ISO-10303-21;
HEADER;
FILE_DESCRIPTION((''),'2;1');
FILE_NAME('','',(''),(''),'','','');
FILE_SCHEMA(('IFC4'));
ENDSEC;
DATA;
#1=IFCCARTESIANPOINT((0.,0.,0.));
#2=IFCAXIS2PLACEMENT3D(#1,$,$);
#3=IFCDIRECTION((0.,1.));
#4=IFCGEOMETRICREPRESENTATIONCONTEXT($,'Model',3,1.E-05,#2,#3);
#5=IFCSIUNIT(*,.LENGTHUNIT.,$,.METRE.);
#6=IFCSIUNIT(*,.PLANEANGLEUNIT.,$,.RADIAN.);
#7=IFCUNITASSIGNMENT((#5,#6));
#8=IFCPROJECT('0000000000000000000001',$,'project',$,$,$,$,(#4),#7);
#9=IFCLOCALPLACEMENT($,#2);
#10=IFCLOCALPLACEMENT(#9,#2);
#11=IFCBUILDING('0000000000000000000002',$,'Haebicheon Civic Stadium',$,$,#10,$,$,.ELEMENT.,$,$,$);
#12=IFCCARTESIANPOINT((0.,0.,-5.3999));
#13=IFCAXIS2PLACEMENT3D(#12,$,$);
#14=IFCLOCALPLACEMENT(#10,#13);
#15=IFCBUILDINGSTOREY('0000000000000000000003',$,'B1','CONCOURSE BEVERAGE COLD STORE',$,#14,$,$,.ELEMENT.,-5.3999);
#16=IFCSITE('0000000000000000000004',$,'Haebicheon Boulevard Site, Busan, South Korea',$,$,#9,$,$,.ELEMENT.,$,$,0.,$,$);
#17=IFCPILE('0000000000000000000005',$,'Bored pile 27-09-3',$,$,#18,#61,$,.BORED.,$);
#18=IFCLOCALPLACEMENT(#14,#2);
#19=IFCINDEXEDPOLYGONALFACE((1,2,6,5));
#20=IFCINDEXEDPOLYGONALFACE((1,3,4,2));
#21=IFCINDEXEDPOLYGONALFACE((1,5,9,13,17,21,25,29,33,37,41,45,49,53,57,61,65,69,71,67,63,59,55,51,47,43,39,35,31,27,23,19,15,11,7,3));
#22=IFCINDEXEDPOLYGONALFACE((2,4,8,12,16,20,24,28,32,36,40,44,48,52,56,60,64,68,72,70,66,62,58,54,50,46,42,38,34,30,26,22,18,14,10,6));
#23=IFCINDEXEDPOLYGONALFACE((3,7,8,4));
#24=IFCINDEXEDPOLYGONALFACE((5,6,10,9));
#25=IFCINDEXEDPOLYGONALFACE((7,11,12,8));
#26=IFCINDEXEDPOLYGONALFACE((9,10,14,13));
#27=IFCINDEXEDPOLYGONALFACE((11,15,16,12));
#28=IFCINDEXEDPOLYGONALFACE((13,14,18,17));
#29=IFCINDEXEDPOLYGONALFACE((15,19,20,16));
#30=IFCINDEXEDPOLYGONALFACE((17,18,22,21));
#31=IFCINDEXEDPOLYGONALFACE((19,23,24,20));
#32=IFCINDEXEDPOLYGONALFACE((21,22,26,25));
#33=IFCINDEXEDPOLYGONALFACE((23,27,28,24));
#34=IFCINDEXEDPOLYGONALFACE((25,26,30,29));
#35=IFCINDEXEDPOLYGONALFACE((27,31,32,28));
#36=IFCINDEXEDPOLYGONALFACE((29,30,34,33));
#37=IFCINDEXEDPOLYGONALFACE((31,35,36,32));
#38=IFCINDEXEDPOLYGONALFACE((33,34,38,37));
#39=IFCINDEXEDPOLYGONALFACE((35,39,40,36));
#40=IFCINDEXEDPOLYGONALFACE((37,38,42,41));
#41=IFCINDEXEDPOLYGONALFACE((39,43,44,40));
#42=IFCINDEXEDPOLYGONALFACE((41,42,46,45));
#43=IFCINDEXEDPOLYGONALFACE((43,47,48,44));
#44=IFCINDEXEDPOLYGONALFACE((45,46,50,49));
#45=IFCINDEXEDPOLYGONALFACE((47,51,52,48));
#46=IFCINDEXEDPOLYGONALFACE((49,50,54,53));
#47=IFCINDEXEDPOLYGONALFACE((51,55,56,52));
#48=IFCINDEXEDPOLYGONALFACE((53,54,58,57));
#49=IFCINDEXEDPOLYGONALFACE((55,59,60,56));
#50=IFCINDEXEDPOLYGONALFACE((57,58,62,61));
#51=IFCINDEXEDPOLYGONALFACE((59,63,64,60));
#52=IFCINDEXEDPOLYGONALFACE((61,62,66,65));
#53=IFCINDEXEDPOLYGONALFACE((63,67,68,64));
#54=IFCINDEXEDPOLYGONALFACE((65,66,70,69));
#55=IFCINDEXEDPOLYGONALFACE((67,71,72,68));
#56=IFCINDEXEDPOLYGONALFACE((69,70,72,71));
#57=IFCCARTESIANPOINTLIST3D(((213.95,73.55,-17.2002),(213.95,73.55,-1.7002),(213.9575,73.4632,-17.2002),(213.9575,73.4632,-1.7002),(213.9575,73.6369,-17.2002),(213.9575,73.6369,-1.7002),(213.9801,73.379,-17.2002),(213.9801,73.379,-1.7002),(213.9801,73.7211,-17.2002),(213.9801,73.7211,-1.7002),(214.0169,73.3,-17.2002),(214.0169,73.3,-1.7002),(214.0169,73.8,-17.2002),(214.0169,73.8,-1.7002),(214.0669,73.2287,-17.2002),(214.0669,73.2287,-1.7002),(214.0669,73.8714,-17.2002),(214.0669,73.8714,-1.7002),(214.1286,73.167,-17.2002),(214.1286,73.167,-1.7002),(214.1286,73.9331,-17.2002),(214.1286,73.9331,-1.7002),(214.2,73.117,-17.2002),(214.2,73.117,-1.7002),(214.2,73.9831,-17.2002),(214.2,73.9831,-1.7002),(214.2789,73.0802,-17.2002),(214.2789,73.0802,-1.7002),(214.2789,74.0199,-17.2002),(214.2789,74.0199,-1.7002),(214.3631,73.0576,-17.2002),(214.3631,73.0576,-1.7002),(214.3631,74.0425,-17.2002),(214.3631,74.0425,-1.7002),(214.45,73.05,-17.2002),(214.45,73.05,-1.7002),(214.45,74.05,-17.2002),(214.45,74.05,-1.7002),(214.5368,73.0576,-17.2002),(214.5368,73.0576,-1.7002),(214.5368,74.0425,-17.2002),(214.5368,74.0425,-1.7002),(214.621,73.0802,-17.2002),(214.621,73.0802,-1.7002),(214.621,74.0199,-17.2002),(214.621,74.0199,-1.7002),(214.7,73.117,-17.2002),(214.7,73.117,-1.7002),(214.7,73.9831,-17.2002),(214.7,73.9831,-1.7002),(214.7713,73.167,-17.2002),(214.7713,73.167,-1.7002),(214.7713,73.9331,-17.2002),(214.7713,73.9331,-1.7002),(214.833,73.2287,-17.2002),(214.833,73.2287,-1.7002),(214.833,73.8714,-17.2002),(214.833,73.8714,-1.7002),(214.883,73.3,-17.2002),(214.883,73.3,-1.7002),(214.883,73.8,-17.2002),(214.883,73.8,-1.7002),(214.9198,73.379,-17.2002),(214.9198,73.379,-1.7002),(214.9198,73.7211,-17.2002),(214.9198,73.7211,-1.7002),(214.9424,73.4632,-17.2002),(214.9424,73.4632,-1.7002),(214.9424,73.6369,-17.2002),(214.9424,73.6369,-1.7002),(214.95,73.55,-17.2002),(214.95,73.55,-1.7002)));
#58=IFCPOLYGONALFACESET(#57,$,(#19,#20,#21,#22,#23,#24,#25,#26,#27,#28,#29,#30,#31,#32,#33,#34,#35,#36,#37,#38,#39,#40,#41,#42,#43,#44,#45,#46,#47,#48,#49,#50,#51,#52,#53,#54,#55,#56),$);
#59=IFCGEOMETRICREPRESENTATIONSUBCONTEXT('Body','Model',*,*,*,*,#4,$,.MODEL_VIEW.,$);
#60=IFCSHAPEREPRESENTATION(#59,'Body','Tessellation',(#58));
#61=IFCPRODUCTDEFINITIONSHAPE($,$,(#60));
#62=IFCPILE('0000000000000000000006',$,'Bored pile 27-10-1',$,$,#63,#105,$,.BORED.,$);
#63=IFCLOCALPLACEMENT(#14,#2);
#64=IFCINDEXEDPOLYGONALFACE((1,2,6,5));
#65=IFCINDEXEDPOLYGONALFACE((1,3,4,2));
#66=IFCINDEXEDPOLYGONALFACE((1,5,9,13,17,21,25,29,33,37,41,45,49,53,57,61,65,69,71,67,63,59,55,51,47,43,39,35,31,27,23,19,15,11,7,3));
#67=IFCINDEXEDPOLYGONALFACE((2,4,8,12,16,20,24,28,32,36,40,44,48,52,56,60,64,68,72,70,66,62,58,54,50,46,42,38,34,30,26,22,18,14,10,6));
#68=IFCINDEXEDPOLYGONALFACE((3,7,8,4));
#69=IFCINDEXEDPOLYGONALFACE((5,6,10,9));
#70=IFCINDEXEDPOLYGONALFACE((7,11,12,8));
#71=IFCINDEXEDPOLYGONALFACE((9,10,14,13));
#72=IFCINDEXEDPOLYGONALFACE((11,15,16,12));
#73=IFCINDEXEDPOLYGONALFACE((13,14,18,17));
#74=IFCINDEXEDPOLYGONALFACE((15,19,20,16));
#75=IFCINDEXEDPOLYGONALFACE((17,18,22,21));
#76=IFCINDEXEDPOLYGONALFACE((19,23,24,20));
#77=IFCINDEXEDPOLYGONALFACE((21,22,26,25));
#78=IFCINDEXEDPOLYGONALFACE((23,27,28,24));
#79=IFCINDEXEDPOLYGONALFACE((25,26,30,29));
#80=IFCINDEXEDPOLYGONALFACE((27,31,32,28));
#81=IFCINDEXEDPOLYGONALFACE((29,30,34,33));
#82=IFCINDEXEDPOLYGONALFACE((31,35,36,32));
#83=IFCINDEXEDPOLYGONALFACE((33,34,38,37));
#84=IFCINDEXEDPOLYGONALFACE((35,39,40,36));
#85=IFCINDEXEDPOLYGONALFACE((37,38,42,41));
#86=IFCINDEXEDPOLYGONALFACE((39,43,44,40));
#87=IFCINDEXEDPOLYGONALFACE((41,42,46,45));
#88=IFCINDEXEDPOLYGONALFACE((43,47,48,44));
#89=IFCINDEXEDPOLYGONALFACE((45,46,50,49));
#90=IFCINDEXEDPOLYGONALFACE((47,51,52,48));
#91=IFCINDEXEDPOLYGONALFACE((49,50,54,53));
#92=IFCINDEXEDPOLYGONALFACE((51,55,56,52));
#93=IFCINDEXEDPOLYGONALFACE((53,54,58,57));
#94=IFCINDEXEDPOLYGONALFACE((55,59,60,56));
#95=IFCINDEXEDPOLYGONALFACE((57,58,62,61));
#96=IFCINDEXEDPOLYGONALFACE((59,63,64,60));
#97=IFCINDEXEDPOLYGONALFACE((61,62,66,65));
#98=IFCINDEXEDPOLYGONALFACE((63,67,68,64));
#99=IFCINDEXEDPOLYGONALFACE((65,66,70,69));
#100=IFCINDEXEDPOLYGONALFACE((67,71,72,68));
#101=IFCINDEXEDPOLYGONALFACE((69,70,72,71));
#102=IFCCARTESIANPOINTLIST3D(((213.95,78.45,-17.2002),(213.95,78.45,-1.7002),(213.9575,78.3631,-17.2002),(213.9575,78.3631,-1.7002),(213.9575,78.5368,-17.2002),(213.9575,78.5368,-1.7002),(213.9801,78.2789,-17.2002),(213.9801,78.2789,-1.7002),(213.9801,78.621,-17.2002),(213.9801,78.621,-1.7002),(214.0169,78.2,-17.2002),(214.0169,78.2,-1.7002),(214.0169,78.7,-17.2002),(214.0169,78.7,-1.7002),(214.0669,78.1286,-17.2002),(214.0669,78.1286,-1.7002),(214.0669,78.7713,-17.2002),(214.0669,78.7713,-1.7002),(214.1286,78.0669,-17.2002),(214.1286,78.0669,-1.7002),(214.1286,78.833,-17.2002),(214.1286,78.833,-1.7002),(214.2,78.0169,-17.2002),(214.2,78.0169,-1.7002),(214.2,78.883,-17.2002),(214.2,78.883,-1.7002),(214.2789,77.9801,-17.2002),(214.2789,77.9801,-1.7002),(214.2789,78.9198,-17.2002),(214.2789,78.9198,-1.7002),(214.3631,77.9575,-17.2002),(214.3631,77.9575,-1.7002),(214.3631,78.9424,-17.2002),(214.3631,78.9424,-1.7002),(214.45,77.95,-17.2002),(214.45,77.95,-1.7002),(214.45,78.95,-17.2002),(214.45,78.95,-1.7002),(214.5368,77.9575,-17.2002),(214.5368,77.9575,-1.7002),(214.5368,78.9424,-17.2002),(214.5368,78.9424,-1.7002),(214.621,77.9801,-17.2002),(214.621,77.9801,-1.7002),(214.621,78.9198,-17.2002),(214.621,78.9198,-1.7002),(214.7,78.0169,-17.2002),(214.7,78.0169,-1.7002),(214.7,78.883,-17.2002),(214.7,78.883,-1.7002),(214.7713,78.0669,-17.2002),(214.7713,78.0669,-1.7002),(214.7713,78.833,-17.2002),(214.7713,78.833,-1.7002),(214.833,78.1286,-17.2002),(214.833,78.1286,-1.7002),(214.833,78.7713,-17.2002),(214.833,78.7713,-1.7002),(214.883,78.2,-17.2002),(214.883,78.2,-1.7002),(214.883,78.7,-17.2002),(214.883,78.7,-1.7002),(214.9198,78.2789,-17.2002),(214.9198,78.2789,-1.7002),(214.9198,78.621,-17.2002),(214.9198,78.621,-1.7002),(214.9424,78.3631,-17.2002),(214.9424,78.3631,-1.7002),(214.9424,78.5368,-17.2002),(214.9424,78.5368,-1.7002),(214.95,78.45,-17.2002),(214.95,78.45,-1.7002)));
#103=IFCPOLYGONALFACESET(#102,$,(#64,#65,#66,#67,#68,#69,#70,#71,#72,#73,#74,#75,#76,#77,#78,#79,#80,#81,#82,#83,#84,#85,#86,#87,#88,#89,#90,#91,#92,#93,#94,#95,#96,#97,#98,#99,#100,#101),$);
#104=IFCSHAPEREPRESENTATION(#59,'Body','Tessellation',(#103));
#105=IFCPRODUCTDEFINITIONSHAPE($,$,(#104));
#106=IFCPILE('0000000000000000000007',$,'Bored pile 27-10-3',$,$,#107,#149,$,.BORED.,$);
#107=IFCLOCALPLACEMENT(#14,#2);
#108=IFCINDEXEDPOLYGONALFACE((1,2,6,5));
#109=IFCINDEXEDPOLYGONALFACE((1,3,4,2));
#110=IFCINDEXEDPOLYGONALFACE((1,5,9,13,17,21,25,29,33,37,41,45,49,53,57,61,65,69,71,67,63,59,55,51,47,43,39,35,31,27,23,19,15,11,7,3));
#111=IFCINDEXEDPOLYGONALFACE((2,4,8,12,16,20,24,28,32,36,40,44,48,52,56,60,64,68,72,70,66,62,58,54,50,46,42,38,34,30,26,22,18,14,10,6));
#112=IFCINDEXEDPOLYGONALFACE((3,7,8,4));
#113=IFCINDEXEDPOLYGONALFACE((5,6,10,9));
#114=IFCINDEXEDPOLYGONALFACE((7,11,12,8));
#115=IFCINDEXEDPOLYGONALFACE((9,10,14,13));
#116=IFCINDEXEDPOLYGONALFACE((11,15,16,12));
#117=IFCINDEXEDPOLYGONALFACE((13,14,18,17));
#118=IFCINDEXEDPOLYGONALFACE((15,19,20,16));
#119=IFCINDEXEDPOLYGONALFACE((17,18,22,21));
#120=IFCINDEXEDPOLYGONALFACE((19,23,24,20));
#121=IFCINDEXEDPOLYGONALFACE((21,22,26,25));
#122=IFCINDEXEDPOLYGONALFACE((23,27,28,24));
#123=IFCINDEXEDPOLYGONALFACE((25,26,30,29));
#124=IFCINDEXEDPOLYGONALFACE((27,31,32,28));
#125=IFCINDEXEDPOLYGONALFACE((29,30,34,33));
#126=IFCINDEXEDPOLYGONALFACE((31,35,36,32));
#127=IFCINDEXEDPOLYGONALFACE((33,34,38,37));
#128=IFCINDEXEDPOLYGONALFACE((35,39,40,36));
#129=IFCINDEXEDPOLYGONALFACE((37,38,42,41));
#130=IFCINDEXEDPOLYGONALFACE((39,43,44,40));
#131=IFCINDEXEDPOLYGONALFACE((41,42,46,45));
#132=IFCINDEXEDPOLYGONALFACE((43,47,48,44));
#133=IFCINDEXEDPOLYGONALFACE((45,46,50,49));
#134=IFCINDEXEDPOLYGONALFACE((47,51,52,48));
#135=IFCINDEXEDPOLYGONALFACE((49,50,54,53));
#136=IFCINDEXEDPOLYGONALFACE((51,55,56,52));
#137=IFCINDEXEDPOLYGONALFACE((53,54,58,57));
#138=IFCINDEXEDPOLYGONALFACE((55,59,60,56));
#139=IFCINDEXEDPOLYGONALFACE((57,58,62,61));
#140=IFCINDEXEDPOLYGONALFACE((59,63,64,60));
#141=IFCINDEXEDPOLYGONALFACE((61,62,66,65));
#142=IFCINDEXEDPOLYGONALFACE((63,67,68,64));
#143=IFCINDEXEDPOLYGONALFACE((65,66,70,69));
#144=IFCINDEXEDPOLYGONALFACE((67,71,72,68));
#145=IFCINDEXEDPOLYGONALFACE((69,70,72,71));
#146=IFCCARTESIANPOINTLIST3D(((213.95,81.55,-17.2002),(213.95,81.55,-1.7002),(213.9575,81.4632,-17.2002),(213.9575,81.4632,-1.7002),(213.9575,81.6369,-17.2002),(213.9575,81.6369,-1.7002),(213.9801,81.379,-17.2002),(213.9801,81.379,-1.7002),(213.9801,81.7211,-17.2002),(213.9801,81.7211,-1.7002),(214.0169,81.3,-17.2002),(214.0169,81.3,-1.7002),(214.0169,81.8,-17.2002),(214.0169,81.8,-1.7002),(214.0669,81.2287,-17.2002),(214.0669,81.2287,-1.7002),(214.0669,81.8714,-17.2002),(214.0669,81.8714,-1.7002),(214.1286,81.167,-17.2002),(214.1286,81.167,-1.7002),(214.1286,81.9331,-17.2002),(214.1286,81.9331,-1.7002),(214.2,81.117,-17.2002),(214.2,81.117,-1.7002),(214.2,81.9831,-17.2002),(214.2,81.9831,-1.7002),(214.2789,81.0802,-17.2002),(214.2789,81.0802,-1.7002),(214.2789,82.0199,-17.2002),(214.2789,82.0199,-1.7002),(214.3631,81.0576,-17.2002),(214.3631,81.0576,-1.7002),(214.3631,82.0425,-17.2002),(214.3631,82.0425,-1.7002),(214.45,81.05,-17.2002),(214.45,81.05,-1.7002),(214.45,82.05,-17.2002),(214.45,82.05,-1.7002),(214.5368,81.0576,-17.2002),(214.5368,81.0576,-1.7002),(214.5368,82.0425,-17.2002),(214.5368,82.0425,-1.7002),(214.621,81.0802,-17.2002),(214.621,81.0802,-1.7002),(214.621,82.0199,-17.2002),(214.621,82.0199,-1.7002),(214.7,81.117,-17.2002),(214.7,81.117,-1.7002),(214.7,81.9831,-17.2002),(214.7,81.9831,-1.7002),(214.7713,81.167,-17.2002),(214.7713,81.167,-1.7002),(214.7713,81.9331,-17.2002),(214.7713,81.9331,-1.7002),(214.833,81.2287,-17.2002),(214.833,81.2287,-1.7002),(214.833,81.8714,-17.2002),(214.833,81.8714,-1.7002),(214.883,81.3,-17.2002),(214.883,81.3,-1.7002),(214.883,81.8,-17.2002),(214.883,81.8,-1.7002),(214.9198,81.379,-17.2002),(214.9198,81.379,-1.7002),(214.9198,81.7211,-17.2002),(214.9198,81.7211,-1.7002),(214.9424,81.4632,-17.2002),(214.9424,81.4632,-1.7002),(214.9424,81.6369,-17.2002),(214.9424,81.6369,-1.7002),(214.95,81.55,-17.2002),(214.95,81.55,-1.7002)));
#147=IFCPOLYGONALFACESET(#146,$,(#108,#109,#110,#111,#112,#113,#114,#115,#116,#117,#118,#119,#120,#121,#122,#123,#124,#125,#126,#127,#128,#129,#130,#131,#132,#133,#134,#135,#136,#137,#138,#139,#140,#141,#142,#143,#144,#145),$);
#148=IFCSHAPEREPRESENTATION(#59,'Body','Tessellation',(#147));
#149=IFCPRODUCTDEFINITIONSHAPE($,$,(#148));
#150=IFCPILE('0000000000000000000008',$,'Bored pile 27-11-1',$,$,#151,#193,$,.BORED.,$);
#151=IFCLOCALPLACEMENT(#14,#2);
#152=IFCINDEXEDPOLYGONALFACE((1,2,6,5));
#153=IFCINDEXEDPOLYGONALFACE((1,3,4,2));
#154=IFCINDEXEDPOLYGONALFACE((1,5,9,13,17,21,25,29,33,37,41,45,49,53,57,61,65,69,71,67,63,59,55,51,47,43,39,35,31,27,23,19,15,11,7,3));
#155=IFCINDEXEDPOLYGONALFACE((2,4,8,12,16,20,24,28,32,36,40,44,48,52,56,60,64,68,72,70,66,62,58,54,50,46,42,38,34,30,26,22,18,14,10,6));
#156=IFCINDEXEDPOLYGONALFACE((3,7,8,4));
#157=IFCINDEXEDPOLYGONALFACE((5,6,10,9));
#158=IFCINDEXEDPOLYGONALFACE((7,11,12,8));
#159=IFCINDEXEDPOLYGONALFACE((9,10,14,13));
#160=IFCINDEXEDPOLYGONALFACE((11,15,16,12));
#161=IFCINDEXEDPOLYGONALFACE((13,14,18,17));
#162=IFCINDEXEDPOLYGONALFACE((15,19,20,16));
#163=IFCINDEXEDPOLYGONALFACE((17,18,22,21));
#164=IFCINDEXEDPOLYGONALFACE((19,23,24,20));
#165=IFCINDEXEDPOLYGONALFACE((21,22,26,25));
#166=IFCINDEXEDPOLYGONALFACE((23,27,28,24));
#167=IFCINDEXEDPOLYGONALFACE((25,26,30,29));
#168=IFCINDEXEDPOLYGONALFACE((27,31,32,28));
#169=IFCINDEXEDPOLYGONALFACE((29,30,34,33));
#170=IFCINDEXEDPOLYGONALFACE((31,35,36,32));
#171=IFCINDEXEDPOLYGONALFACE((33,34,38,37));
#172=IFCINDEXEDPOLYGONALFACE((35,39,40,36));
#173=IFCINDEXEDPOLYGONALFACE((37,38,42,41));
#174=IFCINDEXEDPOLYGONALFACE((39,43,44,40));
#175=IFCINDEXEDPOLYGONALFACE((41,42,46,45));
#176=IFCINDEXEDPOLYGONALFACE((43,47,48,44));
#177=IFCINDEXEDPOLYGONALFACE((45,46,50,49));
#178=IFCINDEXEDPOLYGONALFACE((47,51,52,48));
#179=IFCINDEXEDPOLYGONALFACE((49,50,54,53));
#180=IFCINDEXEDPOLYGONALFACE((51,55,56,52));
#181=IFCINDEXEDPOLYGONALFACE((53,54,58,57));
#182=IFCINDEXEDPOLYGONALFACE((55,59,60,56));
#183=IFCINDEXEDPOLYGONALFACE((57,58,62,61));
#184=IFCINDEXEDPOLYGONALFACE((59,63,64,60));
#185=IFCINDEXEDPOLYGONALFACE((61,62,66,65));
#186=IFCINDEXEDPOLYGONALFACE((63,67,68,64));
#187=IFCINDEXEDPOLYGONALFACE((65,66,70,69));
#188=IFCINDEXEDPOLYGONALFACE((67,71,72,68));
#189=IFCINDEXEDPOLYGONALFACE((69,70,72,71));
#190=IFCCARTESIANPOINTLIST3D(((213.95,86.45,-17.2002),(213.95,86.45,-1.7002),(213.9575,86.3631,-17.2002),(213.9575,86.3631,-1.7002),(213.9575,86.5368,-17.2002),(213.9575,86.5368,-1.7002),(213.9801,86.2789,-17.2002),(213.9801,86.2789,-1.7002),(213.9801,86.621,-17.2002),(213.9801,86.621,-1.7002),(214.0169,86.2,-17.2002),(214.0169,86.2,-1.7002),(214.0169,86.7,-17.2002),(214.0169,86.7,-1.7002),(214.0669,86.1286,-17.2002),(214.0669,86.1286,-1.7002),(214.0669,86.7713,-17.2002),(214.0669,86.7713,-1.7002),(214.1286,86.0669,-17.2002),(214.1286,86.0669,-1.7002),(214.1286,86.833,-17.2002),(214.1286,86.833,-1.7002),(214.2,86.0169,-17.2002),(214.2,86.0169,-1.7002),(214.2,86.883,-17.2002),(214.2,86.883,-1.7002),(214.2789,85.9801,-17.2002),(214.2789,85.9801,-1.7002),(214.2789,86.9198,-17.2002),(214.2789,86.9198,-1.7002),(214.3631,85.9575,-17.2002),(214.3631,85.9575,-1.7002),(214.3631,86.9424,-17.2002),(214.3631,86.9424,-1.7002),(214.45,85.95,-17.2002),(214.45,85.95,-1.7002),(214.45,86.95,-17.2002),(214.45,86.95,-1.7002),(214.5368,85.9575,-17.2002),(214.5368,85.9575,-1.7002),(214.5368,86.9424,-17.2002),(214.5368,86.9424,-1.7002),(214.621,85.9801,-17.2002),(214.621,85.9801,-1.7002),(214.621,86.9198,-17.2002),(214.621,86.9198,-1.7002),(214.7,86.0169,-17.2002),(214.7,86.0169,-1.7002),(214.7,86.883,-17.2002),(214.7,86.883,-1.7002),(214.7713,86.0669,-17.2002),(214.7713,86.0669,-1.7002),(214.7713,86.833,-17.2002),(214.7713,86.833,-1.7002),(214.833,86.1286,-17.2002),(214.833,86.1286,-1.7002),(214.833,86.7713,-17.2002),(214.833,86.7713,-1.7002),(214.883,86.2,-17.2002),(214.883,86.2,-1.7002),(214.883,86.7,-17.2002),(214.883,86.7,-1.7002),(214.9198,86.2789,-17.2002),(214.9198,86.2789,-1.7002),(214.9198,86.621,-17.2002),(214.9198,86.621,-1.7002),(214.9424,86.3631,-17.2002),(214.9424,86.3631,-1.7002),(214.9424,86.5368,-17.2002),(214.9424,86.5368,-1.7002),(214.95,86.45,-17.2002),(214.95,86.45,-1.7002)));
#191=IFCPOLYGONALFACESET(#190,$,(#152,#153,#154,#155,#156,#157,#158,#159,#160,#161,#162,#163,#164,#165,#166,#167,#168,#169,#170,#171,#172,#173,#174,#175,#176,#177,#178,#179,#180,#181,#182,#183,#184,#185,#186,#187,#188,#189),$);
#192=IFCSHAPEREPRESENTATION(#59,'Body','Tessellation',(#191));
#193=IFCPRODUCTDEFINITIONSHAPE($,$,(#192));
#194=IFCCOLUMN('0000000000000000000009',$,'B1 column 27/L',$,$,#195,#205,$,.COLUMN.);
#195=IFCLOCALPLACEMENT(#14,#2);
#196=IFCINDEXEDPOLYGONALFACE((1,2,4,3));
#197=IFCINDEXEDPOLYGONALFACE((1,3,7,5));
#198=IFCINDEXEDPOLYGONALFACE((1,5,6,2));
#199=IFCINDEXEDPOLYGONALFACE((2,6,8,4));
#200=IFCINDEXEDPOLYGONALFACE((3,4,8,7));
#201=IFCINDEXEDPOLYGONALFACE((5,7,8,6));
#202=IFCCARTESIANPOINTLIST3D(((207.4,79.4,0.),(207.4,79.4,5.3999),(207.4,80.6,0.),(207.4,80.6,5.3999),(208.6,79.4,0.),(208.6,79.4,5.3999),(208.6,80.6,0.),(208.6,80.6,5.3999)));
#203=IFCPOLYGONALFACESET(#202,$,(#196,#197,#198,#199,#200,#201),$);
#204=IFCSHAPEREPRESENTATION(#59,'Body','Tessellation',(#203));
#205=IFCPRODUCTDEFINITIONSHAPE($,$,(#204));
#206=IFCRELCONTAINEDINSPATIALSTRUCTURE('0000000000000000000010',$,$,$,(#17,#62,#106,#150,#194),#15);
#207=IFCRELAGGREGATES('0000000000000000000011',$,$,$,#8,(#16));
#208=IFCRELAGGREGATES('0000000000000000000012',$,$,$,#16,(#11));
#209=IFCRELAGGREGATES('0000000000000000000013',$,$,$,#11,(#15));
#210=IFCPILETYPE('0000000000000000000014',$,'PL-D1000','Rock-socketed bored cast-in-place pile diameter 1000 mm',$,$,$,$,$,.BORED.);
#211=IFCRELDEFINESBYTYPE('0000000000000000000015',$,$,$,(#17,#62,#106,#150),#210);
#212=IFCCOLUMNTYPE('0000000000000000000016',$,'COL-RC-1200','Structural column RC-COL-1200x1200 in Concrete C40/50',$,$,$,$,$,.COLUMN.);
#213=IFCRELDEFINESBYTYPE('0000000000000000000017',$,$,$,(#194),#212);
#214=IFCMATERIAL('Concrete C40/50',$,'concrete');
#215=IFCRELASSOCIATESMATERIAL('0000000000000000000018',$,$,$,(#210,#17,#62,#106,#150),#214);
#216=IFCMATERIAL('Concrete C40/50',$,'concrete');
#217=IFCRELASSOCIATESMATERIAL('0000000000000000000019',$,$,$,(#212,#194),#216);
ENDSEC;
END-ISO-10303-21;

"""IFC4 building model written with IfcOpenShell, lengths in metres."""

from ifc_helpers import new_model, si_unit, direction, frame, origin, origin_2d, place, context, subcontext, project, spatial, rectangle, circle, extrude, material, material_profile, profile_set, type_object, element, save


model = new_model("IFC4")

# Units and contexts
model_context = context("Model", 3, precision=1e-05, world=origin(), true_north=direction((0.0, 1.0)))
body_context = subcontext(model_context, "Body", "Model", "MODEL_VIEW")
ifc_project = project(units=[si_unit("LENGTHUNIT", "METRE"), si_unit("PLANEANGLEUNIT", "RADIAN")], contexts=[model_context])

# Site, building, storey
site_placement = place(None, origin())
site = spatial("IfcSite", under=ifc_project, at=site_placement, Name="Haebicheon Boulevard Site, Busan, South Korea", CompositionType="ELEMENT", RefElevation=0.0)
building_placement = place(site_placement, origin())
building = spatial("IfcBuilding", under=site, at=building_placement, Name="Haebicheon Civic Stadium", CompositionType="ELEMENT")
storey_placement = place(building_placement, frame((0.0, 0.0, -5.3999)))
storey = spatial("IfcBuildingStorey", under=building, at=storey_placement, Name="B1", Description="CONCOURSE BEVERAGE COLD STORE", CompositionType="ELEMENT", Elevation=-5.3999)

# Piles
ifc_material_1 = material(Name="Concrete C40/50", Category="concrete")
ifc_material_profile_1 = material_profile(ifc_material_1, circle(Radius=0.5, at=origin_2d()), Name="PILE-D1000")
ifc_profile_set_1 = profile_set([ifc_material_profile_1], Name="Concrete C40/50")
pile_type = type_object("IfcPileType", Name="PL-D1000", Description="Rock-socketed bored cast-in-place pile diameter 1000 mm", PredefinedType="BORED", material=ifc_profile_set_1)
for number, where, z_axis, x_axis, name in (
    (1, (214.45, 73.55, -1.7002), (0.0, 0.0, -1.0), (1.0, 0.0, 0.0), "Bored pile 27-09-3"),
    (2, (214.45, 78.45, -1.7002), (0.0, 0.0, -1.0), (1.0, 0.0, 0.0), "Bored pile 27-10-1"),
    (3, (214.45, 81.55, -1.7002), (0.0, 0.0, -1.0), (1.0, 0.0, 0.0), "Bored pile 27-10-3"),
    (4, (214.45, 86.45, -1.7002), (0.0, 0.0, -1.0), (1.0, 0.0, 0.0), "Bored pile 27-11-1"),
):
    element("IfcPile", number, at=place(storey_placement, frame(where, z_axis=z_axis, x_axis=x_axis)), inside=storey, type_object=pile_type, material=ifc_profile_set_1, Name=name, PredefinedType="BORED", context=body_context, shape_type="SweptSolid", body=[
        extrude(circle(Radius=0.5, at=origin_2d()), origin(), (0.0, 0.0, 1.0), 15.5),
    ])

# Column
ifc_material_2 = material(Name="Concrete C40/50", Category="concrete")
ifc_material_profile_2 = material_profile(ifc_material_2, rectangle(XDim=1.2, YDim=1.2, at=origin_2d()), Name="RC-COL-1200x1200")
ifc_profile_set_2 = profile_set([ifc_material_profile_2], Name="Concrete C40/50")
column_type = type_object("IfcColumnType", Name="COL-RC-1200", Description="Structural column RC-COL-1200x1200 in Concrete C40/50", PredefinedType="COLUMN", material=ifc_profile_set_2)
column_placement = place(storey_placement, frame((208.0, 80.0, 0.0), z_axis=(0.0, 0.0, 1.0), x_axis=(1.0, 0.0, 0.0)))
element("IfcColumn", 5, at=column_placement, inside=storey, type_object=column_type, material=ifc_profile_set_2, Name="B1 column 27/L", PredefinedType="COLUMN", context=body_context, shape_type="SweptSolid", body=[
    extrude(rectangle(XDim=1.2, YDim=1.2, at=origin_2d()), origin(), (0.0, 0.0, 1.0), 5.3999),
])

save(model, "model.ifc")
